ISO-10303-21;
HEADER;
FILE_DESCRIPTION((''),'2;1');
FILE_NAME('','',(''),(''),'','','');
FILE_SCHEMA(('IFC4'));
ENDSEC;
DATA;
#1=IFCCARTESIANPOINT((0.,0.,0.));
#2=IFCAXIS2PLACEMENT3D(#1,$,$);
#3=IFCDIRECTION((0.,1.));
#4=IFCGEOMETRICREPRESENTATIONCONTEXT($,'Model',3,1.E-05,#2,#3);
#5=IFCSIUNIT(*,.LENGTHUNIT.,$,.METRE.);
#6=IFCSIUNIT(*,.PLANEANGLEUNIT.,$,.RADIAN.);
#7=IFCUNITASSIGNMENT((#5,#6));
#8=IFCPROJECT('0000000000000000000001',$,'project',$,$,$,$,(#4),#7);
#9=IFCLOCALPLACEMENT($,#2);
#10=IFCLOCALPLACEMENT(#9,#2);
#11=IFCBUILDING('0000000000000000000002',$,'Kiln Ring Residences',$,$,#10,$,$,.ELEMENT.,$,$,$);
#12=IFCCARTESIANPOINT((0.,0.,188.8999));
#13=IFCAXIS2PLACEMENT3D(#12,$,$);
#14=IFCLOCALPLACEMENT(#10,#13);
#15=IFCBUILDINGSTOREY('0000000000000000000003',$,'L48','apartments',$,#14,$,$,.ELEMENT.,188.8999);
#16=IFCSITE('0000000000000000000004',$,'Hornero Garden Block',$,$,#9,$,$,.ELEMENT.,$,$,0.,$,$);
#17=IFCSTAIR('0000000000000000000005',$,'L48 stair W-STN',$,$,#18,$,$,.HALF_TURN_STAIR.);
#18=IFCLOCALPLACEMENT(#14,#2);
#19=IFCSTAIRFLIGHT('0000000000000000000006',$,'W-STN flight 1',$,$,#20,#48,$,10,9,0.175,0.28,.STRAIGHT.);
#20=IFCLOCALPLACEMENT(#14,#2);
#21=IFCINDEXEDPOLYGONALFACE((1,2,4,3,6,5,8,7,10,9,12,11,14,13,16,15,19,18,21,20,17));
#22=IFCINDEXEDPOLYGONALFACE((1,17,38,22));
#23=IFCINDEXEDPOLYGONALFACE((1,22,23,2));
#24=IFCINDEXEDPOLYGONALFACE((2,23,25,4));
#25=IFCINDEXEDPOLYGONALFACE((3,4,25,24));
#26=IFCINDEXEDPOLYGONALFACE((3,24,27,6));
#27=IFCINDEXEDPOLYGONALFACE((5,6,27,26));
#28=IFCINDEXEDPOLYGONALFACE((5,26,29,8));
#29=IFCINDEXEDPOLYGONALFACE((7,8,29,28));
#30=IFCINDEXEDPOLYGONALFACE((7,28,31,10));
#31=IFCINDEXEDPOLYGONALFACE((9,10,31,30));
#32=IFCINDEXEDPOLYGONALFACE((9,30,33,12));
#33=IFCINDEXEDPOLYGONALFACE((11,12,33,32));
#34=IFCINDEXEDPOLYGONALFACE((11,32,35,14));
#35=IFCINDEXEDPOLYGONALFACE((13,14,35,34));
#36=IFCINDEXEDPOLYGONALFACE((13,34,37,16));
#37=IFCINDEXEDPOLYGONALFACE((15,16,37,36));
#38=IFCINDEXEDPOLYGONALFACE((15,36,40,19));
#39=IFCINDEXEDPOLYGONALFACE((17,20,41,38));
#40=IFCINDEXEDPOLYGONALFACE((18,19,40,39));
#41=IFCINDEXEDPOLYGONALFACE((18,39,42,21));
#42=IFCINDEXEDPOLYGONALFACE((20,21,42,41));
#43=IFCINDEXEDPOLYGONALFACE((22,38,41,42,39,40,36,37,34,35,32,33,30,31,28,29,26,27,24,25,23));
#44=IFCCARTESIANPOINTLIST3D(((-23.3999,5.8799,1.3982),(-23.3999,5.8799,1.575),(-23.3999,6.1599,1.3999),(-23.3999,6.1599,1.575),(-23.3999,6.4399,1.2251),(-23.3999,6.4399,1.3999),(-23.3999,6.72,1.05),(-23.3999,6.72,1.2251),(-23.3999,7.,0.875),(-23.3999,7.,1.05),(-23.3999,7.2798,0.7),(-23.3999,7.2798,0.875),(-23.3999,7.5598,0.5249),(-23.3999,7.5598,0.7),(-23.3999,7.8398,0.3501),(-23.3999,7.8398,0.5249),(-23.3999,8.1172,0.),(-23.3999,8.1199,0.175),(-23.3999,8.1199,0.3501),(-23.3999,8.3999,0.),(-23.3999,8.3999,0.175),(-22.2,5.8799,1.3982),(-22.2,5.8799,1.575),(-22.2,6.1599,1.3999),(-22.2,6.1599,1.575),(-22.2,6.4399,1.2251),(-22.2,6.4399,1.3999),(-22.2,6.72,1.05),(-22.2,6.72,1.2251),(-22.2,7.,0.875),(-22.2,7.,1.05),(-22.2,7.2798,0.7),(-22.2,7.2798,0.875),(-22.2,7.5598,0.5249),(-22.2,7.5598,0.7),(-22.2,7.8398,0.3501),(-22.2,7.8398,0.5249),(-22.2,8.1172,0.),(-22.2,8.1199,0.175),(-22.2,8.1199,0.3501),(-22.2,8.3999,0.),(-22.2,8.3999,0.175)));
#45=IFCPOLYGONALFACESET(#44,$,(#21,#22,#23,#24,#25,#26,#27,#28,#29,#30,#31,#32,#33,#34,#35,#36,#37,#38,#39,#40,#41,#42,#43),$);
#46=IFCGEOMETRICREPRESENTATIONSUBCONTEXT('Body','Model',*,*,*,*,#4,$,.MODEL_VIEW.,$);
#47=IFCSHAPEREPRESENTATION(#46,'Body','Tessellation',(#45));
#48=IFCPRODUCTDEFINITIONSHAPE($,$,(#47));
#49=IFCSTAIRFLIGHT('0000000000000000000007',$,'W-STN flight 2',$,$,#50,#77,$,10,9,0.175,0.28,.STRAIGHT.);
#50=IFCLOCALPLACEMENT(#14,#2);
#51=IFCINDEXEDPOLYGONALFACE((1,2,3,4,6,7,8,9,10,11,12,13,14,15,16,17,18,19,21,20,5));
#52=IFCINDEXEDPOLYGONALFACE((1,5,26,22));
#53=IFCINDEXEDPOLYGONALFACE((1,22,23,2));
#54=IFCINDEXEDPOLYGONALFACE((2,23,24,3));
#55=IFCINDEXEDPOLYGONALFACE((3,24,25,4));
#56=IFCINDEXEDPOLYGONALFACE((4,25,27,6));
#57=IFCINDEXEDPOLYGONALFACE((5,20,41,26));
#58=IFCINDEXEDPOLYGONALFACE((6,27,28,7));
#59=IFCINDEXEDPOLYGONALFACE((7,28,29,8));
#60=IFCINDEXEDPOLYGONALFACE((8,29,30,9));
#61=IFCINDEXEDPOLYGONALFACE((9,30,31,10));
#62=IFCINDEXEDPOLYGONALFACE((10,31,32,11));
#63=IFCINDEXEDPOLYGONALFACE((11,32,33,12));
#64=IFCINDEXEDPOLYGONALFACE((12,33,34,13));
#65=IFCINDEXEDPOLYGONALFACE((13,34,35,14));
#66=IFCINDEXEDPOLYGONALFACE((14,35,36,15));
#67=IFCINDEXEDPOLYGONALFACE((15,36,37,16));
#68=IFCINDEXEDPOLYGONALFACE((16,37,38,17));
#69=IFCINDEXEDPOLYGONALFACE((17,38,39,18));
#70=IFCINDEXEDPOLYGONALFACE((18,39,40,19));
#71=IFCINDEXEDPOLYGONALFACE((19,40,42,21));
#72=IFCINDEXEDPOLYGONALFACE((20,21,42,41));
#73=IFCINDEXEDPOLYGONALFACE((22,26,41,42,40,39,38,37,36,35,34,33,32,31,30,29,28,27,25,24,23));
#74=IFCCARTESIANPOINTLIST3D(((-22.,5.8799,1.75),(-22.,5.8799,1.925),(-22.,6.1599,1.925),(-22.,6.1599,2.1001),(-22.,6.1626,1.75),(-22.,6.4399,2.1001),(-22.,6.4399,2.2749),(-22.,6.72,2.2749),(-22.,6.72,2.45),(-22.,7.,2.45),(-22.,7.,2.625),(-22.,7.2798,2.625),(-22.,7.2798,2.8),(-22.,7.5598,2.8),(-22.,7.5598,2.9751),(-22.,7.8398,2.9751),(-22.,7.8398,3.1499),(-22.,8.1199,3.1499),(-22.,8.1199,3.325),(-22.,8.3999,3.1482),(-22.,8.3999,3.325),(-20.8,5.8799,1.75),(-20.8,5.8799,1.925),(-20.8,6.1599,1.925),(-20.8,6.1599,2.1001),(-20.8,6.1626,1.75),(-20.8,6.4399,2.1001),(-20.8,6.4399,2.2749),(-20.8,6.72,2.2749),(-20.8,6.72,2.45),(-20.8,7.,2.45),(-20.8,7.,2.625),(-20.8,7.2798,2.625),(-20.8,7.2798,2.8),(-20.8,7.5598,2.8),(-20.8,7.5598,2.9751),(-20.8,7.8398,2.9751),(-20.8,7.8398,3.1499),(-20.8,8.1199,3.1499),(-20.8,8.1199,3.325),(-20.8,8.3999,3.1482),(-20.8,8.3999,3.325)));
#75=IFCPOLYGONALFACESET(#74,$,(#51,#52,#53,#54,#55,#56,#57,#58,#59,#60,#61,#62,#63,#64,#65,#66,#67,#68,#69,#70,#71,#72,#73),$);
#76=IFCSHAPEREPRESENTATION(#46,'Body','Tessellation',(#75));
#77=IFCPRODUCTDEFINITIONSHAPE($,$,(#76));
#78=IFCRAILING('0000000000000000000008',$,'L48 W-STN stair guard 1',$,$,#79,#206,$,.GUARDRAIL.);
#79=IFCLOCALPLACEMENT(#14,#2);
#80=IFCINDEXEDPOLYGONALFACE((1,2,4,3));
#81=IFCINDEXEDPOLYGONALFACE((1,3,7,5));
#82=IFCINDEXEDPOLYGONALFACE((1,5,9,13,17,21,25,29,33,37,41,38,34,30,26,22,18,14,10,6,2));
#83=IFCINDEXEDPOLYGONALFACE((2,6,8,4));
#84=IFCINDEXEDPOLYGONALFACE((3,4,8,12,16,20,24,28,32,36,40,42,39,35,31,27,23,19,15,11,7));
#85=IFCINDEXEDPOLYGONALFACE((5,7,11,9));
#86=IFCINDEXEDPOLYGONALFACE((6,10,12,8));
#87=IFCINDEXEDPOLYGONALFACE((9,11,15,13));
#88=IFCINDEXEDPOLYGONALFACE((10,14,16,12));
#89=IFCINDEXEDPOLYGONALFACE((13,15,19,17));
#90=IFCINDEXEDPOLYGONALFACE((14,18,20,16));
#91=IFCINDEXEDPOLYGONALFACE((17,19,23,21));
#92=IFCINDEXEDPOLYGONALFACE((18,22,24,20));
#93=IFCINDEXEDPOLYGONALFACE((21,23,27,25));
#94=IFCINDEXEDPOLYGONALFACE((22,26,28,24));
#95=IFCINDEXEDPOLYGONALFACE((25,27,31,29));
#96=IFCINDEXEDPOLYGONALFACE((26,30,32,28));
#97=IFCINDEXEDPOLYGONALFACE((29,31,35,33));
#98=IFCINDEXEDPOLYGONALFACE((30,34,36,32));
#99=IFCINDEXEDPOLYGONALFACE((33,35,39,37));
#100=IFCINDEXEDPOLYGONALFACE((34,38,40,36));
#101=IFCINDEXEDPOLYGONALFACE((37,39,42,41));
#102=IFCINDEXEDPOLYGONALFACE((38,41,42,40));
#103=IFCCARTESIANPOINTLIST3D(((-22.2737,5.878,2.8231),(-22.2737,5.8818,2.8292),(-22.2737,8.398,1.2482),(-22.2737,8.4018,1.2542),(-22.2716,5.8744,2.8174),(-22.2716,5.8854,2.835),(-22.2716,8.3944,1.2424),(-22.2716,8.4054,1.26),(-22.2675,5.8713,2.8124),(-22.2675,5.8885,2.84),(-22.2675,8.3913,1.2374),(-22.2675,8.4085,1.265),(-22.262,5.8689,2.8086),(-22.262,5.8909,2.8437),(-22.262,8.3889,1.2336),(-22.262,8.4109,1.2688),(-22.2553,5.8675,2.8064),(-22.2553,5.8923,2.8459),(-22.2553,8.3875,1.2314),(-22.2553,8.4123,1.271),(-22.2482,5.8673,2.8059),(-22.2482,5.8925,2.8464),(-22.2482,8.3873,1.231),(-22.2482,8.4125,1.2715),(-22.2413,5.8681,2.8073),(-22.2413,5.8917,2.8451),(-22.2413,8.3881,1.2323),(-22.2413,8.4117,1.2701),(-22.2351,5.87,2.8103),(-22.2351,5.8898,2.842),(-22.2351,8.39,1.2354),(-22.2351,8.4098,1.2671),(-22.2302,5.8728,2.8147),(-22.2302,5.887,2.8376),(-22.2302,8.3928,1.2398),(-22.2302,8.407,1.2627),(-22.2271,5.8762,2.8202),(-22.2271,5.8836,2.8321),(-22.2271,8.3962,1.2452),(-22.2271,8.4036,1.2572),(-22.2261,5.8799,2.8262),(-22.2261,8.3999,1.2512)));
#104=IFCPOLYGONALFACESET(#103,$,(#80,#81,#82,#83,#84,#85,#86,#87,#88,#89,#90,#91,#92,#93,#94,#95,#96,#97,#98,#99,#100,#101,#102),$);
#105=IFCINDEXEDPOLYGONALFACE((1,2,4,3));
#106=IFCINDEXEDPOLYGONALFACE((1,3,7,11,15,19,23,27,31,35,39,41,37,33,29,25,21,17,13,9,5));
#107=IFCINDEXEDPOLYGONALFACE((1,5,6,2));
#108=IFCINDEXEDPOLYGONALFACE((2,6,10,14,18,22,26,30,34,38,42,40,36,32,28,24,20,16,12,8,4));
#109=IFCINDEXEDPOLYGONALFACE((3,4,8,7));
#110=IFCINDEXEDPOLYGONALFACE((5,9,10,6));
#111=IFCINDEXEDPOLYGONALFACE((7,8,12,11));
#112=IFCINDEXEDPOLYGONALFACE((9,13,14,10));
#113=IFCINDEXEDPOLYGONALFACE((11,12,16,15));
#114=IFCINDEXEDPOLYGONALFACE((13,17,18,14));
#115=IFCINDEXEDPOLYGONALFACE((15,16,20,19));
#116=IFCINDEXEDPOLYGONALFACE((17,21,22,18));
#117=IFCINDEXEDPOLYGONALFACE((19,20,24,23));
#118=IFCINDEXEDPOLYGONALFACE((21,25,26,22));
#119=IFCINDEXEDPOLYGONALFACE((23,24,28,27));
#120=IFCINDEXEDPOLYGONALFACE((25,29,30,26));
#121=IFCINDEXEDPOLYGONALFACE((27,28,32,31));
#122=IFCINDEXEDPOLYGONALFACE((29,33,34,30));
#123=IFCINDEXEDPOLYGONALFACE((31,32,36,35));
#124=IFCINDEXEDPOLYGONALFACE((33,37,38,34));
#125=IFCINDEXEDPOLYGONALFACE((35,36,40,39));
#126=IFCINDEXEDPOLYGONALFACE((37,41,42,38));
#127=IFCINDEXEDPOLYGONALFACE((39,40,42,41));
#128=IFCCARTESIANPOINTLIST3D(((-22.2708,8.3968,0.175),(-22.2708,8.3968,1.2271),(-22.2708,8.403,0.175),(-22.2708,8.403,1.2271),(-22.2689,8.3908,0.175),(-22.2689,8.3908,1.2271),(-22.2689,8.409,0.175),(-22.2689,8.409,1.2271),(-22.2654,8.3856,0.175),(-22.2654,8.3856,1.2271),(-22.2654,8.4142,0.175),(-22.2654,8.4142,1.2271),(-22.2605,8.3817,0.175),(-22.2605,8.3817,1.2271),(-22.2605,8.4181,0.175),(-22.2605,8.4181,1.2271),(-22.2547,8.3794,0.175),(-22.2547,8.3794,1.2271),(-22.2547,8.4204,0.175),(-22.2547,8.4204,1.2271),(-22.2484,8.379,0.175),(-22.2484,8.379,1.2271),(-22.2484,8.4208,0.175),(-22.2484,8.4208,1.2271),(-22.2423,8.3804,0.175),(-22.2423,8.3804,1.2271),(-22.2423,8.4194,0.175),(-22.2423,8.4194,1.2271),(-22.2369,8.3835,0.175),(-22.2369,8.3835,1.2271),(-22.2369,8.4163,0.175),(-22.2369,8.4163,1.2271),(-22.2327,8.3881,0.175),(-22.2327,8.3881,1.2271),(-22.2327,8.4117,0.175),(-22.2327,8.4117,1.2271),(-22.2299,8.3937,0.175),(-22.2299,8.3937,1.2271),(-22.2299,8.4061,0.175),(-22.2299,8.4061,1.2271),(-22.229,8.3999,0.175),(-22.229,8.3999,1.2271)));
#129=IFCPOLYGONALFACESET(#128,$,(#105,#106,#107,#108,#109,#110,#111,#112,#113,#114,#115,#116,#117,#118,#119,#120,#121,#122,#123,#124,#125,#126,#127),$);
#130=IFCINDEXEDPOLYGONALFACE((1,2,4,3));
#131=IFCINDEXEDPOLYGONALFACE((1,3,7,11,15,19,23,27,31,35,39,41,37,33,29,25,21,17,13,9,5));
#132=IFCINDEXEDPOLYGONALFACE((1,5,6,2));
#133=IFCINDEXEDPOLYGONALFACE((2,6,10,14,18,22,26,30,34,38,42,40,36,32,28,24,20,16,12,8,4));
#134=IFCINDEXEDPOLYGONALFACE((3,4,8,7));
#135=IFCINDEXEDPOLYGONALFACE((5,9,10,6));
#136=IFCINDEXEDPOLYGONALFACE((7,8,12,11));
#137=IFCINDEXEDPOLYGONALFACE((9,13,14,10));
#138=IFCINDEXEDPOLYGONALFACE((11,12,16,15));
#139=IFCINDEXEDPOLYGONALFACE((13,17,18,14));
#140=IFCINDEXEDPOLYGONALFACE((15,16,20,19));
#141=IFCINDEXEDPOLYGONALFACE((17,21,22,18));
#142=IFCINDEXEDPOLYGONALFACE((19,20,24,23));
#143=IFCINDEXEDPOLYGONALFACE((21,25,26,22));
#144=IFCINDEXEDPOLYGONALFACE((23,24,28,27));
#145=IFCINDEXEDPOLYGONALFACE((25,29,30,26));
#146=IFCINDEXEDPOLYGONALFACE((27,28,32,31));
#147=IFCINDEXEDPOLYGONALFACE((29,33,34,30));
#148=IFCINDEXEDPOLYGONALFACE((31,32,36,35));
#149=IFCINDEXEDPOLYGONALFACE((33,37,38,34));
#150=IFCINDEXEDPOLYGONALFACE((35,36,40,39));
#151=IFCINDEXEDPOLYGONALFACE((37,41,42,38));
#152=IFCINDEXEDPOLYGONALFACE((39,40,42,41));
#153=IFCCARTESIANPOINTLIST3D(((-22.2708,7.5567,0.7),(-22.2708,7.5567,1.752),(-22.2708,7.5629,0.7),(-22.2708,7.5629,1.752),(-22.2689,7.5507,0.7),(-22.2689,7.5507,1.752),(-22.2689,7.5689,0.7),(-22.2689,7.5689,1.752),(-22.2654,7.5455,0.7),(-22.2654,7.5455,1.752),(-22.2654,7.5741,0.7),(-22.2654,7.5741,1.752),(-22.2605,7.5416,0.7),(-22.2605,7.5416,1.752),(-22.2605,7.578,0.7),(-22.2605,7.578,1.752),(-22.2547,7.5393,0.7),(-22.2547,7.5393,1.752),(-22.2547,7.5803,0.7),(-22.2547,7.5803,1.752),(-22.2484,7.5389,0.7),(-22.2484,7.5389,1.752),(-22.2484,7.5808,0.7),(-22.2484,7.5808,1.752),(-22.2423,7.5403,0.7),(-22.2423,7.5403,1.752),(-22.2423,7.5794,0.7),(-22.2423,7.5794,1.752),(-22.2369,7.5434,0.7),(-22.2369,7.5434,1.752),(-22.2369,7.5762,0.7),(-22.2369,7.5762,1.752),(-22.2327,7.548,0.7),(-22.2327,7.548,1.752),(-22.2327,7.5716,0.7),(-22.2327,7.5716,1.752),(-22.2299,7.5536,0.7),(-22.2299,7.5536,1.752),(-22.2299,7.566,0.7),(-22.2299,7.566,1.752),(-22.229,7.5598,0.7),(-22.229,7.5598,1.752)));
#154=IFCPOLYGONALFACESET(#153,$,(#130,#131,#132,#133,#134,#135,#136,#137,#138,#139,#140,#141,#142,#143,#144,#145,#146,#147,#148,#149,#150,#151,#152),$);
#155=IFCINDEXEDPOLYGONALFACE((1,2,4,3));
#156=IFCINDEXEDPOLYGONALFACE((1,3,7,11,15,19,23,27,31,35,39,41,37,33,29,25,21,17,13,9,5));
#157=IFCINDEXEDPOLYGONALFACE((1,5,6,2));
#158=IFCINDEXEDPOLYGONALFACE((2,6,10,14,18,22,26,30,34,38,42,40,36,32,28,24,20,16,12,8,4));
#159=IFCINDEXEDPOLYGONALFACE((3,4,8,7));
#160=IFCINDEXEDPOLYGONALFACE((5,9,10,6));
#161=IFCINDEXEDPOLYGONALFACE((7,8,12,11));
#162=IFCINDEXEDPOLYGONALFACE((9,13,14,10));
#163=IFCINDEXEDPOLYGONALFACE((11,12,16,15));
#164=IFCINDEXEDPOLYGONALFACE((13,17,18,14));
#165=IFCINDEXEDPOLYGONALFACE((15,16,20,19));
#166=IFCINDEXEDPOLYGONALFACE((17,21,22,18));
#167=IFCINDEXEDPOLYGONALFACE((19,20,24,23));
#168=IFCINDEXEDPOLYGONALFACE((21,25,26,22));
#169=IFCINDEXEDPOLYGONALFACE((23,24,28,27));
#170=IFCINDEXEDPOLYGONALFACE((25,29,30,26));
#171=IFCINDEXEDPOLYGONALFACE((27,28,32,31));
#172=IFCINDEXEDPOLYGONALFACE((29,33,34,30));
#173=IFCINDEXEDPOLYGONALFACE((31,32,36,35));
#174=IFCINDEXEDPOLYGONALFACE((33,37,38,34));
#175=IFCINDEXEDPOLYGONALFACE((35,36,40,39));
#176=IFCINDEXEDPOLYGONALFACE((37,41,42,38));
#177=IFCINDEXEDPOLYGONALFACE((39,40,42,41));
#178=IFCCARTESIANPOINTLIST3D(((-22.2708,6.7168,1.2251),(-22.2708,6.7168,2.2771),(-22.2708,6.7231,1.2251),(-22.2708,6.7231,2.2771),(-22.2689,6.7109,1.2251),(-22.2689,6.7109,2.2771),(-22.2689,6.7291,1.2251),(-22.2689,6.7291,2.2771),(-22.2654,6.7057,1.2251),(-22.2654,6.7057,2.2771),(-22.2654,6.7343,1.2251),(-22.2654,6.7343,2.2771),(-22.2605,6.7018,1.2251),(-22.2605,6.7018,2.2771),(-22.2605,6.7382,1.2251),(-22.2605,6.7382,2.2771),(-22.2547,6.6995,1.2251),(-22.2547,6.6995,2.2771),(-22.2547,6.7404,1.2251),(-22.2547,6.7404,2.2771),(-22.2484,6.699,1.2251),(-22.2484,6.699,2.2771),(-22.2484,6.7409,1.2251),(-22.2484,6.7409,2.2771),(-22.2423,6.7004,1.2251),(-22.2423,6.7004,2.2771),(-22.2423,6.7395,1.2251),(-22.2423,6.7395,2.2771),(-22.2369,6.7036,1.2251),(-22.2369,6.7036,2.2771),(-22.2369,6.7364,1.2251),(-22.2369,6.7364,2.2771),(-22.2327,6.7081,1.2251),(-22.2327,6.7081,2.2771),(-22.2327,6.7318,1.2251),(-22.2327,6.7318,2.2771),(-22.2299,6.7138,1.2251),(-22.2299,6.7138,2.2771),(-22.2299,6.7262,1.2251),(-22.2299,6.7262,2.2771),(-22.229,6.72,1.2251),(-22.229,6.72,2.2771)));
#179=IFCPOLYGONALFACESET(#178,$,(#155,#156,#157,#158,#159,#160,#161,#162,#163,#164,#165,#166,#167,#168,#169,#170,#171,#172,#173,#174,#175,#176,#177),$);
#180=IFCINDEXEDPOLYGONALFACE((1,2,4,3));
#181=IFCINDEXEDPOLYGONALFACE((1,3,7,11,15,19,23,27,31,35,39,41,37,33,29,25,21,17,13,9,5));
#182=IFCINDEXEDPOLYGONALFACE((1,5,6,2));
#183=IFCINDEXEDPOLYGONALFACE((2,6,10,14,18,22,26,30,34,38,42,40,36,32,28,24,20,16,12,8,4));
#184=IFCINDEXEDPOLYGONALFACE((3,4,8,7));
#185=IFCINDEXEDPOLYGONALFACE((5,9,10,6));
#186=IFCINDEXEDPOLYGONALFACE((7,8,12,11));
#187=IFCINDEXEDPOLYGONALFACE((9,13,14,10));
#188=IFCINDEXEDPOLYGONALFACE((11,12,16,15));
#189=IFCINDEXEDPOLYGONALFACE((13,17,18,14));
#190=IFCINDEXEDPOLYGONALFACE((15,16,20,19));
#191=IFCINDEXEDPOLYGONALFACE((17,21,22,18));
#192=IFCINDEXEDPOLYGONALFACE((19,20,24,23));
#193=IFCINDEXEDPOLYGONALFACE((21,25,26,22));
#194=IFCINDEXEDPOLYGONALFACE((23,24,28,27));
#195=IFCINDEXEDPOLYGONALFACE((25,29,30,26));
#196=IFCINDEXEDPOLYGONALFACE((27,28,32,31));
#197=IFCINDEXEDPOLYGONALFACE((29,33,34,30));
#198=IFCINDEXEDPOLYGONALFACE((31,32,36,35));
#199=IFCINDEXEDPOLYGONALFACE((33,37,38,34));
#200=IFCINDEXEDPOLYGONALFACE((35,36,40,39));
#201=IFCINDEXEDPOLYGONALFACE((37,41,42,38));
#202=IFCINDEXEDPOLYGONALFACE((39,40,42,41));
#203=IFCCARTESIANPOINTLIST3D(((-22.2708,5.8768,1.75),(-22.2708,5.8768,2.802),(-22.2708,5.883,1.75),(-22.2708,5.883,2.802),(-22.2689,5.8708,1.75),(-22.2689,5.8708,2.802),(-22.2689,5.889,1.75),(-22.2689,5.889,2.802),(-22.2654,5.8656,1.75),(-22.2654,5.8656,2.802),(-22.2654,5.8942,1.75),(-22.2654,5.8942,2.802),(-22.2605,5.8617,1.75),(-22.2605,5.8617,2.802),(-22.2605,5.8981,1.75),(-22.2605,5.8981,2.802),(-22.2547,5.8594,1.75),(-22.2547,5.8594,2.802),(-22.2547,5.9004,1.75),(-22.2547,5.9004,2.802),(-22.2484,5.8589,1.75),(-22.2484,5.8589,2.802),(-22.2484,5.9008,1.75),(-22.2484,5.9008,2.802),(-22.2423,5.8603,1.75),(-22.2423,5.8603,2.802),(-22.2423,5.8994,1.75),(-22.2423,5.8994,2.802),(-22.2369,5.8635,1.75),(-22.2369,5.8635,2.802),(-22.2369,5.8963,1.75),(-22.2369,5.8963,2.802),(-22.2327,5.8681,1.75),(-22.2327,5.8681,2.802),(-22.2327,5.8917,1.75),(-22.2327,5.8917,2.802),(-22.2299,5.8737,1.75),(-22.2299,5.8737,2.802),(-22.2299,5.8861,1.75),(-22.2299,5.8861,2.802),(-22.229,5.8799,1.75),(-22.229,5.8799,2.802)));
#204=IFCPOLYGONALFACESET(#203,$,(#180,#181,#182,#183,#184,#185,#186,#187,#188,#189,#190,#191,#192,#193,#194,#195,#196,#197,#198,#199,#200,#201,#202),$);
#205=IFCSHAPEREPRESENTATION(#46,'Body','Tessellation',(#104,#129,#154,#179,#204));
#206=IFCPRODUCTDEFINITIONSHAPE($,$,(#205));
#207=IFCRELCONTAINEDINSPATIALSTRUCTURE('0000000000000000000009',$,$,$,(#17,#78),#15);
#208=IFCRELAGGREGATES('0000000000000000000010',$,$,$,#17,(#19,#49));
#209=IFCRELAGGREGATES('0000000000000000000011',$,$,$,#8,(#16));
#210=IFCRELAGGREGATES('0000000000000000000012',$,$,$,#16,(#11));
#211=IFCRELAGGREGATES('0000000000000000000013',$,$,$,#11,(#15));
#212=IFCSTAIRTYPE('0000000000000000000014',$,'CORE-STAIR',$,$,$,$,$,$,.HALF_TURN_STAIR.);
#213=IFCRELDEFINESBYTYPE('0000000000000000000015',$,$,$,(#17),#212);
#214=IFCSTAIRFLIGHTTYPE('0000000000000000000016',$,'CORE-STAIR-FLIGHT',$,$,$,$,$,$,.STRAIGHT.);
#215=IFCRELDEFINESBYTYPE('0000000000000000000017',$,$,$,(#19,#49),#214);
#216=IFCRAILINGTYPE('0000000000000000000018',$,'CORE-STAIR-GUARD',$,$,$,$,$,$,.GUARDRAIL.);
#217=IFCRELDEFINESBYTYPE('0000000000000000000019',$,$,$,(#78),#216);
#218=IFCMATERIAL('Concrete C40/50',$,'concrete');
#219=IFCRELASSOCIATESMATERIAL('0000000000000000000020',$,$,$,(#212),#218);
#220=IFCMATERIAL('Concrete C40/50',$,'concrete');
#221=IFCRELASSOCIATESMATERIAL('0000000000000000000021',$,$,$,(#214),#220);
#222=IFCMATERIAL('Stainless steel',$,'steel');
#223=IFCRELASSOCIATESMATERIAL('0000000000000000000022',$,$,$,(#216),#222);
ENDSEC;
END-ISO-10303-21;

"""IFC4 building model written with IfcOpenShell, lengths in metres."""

from ifc_helpers import new_model, si_unit, direction, frame, origin, origin_2d, place, context, subcontext, project, spatial, polyline, circle, outline, extrude, material, type_object, element, aggregate, save


model = new_model("IFC4")

# Units and contexts
model_context = context("Model", 3, precision=1e-05, world=origin(), true_north=direction((0.0, 1.0)))
body_context = subcontext(model_context, "Body", "Model", "MODEL_VIEW")
ifc_project = project(units=[si_unit("LENGTHUNIT", "METRE"), si_unit("PLANEANGLEUNIT", "RADIAN")], contexts=[model_context])

# Site, building, storey
site_placement = place(None, origin())
site = spatial("IfcSite", under=ifc_project, at=site_placement, Name="Hornero Garden Block", CompositionType="ELEMENT", RefElevation=0.0)
building_placement = place(site_placement, origin())
building = spatial("IfcBuilding", under=site, at=building_placement, Name="Kiln Ring Residences", CompositionType="ELEMENT")
storey_placement = place(building_placement, frame((0.0, 0.0, 188.8999)))
storey = spatial("IfcBuildingStorey", under=building, at=storey_placement, Name="L48", Description="apartments", CompositionType="ELEMENT", Elevation=188.8999)

# Stair, stair flights
ifc_material_1 = material(Name="Concrete C40/50", Category="concrete")
stair_type = type_object("IfcStairType", Name="CORE-STAIR", PredefinedType="HALF_TURN_STAIR", material=ifc_material_1)
stair_placement = place(storey_placement, origin())
stair = element("IfcStair", 1, at=stair_placement, inside=storey, type_object=stair_type, Name="L48 stair W-STN", PredefinedType="HALF_TURN_STAIR")
ifc_material_2 = material(Name="Concrete C40/50", Category="concrete")
stair_flight_type = type_object("IfcStairFlightType", Name="CORE-STAIR-FLIGHT", PredefinedType="STRAIGHT", material=ifc_material_2)
stair_flight_1_placement = place(storey_placement, frame((-22.8, 8.3999, 0.0), z_axis=(0.0, 0.0, 1.0), x_axis=(0.0, -1.0, 0.0)))
stair_flight_1 = element("IfcStairFlight", 2, at=stair_flight_1_placement, type_object=stair_flight_type, Name="W-STN flight 1", NumberOfRisers=10, NumberOfTreads=9, PredefinedType="STRAIGHT", RiserHeight=0.175, TreadLength=0.28, context=body_context, shape_type="SweptSolid", body=[
    extrude(outline(polyline([(0.0, 0.0), (0.0, 0.175), (0.28, 0.175), (0.28, 0.3501), (0.5601, 0.3501), (0.5601, 0.5249), (0.8401, 0.5249), (0.8401, 0.7), (1.1201, 0.7), (1.1201, 0.875), (1.3999, 0.875), (1.3999, 1.05), (1.6799, 1.05), (1.6799, 1.2251), (1.96, 1.2251), (1.96, 1.3999), (2.24, 1.3999), (2.24, 1.575), (2.52, 1.575), (2.52, 1.75), (2.52, 1.3982), (0.2827, 0.0), (0.0, 0.0)])), frame((0.0, 0.6001, 0.0), z_axis=(0.0, -1.0, 0.0), x_axis=(1.0, 0.0, 0.0)), (0.0, 0.0, 1.0), 1.2),
])
stair_flight_2_placement = place(storey_placement, frame((-21.3999, 5.8799, 1.75), z_axis=(0.0, 0.0, 1.0), x_axis=(0.0, 1.0, 0.0)))
stair_flight_2 = element("IfcStairFlight", 3, at=stair_flight_2_placement, type_object=stair_flight_type, Name="W-STN flight 2", NumberOfRisers=10, NumberOfTreads=9, PredefinedType="STRAIGHT", RiserHeight=0.175, TreadLength=0.28, context=body_context, shape_type="SweptSolid", body=[
    extrude(outline(polyline([(0.0, 0.0), (0.0, 0.175), (0.28, 0.175), (0.28, 0.3501), (0.5601, 0.3501), (0.5601, 0.5249), (0.8401, 0.5249), (0.8401, 0.7), (1.1201, 0.7), (1.1201, 0.875), (1.3999, 0.875), (1.3999, 1.05), (1.6799, 1.05), (1.6799, 1.2251), (1.96, 1.2251), (1.96, 1.3999), (2.24, 1.3999), (2.24, 1.575), (2.52, 1.575), (2.52, 1.75), (2.52, 1.3982), (0.2827, 0.0), (0.0, 0.0)])), frame((0.0, 0.6001, 0.0), z_axis=(0.0, -1.0, 0.0), x_axis=(1.0, 0.0, 0.0)), (0.0, 0.0, 1.0), 1.2),
])
aggregate(stair, [stair_flight_1, stair_flight_2])

# Railing
ifc_material_3 = material(Name="Stainless steel", Category="steel")
railing_type_1 = type_object("IfcRailingType", Name="CORE-STAIR-GUARD", PredefinedType="GUARDRAIL", material=ifc_material_3)
railing_1_placement = place(storey_placement, frame((-22.25, 8.3999, 0.175)))
element("IfcRailing", 4, at=railing_1_placement, inside=storey, type_object=railing_type_1, Name="L48 W-STN stair guard 1", PredefinedType="GUARDRAIL", context=body_context, shape_type="SweptSolid", body=[
    extrude(circle(Radius=0.0239, at=origin_2d()), frame((0.0, 0.0, 1.0762), z_axis=(0.0, -0.848008, 0.529984), x_axis=(1.0, 0.0, 0.0)), (0.0, 0.0, 1.0), 2.9717),
    extrude(circle(Radius=0.021, at=origin_2d()), origin(), (0.0, 0.0, 1.0), 1.052),
    extrude(circle(Radius=0.021, at=origin_2d()), frame((0.0, -0.8401, 0.5249)), (0.0, 0.0, 1.0), 1.052),
    extrude(circle(Radius=0.021, at=origin_2d()), frame((0.0, -1.6799, 1.05)), (0.0, 0.0, 1.0), 1.052),
    extrude(circle(Radius=0.021, at=origin_2d()), frame((0.0, -2.52, 1.575)), (0.0, 0.0, 1.0), 1.052),
])

save(model, "model.ifc")
